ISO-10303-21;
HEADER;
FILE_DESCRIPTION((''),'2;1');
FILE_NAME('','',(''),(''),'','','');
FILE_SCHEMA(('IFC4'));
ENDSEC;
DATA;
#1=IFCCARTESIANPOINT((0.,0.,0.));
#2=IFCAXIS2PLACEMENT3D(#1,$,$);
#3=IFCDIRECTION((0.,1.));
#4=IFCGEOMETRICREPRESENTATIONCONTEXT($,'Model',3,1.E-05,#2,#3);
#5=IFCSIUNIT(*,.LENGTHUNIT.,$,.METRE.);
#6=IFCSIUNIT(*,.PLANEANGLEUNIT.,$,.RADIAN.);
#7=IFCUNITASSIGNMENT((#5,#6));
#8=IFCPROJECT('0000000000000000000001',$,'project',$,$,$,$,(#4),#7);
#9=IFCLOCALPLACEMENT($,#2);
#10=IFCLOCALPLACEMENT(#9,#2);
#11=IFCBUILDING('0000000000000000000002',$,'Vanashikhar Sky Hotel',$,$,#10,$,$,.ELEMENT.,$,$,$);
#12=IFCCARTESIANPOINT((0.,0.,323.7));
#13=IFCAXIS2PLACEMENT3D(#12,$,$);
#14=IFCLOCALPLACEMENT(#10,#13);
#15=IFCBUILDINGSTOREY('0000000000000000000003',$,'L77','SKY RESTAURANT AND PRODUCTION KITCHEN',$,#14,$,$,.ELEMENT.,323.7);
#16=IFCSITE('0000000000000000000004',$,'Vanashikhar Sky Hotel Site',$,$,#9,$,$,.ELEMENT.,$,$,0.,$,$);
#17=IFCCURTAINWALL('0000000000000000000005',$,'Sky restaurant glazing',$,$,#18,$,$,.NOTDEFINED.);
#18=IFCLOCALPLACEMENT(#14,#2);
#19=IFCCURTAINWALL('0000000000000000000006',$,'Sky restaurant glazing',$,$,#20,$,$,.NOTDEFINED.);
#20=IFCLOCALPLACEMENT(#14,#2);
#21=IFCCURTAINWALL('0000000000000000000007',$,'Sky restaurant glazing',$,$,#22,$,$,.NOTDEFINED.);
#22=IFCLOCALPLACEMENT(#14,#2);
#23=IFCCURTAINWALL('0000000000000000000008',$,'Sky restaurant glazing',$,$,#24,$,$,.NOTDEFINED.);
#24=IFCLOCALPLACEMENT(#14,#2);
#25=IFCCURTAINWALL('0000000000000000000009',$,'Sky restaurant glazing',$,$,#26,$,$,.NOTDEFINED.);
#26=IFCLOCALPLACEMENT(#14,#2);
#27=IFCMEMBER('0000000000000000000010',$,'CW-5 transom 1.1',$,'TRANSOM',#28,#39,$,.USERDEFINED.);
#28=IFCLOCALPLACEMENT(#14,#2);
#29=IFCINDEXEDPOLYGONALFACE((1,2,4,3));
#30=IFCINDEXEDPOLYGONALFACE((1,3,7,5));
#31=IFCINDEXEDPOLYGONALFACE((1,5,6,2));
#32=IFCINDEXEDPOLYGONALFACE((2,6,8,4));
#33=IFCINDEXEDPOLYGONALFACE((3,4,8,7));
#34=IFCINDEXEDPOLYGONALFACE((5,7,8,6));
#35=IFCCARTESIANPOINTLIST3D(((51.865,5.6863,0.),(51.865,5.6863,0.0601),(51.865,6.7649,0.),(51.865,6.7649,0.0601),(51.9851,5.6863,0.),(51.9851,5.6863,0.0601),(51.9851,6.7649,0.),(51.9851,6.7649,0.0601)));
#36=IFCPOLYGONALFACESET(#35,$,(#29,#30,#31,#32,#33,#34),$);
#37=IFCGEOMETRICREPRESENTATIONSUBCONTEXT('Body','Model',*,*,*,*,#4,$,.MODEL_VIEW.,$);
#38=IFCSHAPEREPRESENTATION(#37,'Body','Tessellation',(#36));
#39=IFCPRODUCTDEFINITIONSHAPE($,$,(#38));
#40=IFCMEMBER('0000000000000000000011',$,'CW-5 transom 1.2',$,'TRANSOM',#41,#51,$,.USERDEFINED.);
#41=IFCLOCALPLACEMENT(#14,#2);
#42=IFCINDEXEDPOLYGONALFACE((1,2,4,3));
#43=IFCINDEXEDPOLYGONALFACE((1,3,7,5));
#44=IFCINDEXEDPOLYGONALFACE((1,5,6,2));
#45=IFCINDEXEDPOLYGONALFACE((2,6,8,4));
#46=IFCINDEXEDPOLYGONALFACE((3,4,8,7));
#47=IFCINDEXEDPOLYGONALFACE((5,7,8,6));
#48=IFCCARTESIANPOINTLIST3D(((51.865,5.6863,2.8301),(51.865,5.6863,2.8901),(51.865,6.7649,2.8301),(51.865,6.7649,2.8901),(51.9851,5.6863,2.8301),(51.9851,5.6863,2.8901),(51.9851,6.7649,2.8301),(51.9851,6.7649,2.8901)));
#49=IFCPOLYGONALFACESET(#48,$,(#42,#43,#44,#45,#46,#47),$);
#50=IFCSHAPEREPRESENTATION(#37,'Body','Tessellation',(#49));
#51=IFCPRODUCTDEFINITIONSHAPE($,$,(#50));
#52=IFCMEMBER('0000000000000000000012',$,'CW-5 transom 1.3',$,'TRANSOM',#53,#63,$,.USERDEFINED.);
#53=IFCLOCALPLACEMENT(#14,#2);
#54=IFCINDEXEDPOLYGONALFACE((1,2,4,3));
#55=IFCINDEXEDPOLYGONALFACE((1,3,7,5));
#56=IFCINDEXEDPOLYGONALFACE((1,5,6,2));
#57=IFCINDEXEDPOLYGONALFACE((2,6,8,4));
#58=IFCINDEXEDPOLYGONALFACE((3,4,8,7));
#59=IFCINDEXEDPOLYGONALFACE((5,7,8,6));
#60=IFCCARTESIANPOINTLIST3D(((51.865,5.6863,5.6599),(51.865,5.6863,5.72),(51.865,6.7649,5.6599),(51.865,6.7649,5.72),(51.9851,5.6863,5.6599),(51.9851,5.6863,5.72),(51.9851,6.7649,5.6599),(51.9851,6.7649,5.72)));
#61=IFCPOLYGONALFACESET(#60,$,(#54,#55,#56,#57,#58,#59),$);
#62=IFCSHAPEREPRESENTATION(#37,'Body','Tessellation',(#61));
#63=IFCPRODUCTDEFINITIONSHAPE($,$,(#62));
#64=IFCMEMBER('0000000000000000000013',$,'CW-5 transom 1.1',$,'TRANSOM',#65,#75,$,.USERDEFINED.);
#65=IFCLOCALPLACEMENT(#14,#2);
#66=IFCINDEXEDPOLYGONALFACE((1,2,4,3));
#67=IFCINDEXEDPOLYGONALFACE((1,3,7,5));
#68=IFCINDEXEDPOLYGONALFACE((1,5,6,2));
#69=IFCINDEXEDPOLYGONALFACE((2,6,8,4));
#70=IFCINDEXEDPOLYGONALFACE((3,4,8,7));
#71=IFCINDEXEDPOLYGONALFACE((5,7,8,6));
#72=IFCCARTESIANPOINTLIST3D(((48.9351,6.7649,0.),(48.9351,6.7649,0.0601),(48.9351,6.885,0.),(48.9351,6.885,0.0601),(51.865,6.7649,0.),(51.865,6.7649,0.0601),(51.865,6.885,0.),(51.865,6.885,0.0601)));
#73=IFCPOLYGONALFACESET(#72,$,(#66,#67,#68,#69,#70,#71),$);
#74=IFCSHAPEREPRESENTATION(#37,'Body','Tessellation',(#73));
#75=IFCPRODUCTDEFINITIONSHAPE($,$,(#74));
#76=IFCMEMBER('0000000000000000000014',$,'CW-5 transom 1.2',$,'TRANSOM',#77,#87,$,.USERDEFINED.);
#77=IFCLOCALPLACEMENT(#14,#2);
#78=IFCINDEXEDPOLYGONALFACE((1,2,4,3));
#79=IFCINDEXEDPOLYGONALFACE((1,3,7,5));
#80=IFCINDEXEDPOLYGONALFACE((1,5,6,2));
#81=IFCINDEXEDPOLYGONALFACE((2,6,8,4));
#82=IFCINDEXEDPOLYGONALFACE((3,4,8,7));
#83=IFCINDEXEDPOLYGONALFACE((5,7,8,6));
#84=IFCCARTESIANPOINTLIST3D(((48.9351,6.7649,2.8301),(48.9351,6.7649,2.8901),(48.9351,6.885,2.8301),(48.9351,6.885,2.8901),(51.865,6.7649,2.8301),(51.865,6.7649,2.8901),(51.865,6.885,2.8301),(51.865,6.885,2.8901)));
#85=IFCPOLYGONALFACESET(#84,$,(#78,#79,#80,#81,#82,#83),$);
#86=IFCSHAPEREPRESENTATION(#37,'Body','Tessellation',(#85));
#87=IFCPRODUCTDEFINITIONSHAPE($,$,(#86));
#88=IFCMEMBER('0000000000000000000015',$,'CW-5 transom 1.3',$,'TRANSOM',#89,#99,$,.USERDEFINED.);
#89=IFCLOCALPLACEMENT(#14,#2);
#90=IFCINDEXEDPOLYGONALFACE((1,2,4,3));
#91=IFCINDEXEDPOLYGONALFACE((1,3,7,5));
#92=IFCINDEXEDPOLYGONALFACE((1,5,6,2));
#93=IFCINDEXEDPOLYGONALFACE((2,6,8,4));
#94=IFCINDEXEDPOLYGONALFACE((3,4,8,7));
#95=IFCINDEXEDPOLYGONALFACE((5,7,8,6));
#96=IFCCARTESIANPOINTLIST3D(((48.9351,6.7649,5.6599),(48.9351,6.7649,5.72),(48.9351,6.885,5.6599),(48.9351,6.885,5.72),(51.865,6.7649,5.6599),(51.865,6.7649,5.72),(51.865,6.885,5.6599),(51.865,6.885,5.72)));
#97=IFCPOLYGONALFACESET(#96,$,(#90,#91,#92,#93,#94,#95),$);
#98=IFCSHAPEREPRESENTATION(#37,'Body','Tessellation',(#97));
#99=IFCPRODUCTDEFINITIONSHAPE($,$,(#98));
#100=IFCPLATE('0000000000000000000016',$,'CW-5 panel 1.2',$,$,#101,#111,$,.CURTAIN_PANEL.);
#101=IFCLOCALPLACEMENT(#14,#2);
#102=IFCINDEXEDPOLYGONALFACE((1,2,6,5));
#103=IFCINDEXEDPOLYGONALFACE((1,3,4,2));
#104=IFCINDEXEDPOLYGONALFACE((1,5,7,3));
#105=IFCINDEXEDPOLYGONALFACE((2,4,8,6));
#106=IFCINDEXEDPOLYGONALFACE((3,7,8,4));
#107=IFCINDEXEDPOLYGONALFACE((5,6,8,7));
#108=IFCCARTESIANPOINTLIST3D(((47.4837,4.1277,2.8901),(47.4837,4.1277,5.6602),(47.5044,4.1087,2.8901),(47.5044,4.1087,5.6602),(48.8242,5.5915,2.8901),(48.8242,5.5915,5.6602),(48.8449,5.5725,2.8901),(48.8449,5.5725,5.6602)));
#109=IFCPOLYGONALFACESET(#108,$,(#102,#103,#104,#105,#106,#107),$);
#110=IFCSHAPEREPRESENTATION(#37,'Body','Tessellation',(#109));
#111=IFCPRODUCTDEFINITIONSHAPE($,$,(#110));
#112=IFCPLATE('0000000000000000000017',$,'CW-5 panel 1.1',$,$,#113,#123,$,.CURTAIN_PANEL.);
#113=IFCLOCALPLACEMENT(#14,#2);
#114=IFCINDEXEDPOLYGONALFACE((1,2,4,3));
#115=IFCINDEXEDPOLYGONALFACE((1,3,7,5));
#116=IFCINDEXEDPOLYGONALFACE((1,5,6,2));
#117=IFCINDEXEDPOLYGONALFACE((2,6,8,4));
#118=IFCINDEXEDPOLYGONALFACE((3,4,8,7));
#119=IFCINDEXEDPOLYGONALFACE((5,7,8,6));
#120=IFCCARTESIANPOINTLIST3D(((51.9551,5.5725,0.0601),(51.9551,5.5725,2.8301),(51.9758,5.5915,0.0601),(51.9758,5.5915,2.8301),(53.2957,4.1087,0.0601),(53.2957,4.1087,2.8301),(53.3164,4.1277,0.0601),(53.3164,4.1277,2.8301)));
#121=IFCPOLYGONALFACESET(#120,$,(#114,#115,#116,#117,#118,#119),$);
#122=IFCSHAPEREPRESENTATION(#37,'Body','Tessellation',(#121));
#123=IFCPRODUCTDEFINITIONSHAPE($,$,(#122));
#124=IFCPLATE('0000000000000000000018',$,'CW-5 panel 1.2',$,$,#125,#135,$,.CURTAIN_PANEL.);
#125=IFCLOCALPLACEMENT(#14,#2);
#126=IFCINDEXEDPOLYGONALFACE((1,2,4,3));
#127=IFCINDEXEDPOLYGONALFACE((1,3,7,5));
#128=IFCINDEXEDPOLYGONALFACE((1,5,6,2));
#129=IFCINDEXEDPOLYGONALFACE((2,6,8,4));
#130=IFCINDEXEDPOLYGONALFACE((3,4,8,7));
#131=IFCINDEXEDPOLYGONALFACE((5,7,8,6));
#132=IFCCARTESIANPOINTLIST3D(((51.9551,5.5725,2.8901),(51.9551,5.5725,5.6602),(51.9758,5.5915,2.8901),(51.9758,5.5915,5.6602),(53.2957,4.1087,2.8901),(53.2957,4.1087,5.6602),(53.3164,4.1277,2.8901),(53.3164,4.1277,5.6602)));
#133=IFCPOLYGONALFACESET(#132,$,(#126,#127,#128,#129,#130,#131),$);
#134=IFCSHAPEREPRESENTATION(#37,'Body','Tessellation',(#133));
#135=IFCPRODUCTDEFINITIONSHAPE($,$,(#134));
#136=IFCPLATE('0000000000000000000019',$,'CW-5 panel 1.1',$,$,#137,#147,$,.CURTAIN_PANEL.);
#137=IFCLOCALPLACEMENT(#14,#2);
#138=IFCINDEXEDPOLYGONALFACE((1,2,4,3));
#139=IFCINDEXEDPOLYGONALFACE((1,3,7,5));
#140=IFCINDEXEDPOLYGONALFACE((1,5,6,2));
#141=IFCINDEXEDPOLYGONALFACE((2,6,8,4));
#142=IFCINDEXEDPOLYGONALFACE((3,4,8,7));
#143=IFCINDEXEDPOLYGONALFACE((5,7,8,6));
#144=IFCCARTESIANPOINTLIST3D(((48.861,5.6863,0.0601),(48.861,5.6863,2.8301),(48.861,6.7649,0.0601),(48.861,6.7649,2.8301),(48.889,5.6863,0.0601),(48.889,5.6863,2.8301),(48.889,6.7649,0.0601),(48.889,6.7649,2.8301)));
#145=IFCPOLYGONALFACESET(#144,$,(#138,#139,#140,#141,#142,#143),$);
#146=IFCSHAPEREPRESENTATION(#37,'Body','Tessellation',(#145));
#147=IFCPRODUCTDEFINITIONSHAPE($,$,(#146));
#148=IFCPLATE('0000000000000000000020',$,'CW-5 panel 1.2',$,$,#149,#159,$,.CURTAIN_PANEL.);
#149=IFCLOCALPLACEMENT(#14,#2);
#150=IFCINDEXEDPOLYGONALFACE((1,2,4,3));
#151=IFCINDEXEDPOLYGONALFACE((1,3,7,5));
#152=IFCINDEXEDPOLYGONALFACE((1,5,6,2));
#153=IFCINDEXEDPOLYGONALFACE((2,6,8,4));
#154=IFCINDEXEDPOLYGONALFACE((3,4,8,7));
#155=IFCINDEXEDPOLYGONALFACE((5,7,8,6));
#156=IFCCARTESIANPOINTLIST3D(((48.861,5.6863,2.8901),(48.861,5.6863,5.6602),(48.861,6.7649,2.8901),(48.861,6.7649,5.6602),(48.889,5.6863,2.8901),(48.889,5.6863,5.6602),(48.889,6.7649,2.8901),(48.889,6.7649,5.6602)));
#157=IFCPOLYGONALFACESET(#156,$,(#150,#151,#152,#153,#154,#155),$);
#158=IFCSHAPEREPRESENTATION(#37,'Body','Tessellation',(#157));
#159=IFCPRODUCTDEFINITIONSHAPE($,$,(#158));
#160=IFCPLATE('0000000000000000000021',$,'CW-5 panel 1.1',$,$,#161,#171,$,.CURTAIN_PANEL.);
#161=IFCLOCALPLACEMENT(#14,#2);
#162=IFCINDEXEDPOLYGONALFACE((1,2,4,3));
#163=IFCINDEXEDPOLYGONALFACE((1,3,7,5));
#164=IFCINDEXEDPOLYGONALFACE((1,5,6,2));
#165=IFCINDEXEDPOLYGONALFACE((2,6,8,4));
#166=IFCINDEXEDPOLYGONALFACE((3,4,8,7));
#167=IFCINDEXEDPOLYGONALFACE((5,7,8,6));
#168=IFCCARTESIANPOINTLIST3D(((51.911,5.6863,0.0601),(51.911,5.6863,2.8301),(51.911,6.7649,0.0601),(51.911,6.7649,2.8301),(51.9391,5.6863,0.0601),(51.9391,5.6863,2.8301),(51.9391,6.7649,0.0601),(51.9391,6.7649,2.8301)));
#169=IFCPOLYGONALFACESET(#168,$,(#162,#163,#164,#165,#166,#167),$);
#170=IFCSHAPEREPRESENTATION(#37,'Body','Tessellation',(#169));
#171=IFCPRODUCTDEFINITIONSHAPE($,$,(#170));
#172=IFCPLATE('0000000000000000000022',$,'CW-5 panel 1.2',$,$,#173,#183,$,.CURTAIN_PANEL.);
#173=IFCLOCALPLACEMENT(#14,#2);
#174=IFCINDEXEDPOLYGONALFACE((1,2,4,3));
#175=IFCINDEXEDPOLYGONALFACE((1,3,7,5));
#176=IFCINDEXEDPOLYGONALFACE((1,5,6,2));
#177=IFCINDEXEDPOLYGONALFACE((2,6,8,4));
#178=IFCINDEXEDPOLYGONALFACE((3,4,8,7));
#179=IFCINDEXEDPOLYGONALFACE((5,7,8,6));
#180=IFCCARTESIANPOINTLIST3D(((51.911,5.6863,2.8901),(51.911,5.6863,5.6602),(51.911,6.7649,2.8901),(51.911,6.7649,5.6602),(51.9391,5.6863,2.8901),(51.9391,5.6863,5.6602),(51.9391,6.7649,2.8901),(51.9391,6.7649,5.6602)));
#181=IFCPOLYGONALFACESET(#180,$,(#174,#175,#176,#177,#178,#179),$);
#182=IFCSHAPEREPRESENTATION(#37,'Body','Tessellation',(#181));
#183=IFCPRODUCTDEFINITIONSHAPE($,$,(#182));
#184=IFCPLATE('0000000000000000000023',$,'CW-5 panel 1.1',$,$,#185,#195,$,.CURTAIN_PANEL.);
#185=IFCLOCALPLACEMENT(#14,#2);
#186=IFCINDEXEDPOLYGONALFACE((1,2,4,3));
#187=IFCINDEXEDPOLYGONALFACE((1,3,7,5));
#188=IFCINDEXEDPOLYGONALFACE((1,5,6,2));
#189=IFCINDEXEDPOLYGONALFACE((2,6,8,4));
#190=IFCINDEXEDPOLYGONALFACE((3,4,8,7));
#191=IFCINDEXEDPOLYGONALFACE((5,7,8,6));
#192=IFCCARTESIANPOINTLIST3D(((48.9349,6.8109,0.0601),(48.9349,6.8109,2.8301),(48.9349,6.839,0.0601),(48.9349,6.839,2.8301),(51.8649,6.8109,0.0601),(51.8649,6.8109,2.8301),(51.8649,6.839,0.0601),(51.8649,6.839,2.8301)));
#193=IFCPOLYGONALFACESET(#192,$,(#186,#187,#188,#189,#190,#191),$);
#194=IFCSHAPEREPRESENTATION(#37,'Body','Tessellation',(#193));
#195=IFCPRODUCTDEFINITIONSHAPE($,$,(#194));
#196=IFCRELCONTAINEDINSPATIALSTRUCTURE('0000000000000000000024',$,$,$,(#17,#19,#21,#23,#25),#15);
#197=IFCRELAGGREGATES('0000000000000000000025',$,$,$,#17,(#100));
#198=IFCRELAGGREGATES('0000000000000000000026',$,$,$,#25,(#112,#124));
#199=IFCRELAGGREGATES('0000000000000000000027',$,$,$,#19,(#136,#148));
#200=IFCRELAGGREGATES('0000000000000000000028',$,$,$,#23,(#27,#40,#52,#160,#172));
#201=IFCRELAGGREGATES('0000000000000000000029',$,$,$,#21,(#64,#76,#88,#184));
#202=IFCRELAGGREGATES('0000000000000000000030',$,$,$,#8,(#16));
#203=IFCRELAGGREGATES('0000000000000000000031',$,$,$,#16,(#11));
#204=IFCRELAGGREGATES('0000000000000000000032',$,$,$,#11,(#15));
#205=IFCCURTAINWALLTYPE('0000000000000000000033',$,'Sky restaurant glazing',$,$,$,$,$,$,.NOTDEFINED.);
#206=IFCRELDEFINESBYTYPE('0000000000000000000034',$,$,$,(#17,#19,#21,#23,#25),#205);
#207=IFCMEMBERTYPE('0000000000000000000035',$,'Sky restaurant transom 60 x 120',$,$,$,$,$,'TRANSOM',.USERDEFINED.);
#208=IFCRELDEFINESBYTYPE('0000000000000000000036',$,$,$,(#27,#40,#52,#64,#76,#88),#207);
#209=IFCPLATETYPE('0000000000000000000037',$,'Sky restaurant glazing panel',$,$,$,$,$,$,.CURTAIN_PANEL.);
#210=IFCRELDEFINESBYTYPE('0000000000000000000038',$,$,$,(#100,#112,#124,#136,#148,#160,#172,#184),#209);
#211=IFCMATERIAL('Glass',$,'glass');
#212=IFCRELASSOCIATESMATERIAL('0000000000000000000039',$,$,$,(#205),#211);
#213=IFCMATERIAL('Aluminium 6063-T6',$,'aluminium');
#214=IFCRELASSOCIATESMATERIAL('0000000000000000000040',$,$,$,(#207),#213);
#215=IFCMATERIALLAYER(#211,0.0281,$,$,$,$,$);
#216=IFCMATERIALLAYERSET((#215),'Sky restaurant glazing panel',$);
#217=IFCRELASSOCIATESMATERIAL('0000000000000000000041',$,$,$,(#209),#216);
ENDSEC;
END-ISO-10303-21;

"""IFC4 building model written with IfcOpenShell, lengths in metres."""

from ifc_helpers import new_model, si_unit, direction, frame, origin, origin_2d, place, context, subcontext, project, spatial, rectangle, extrude, source, transform, mapped, material, layer, layer_set, material_profile, profile_set, type_object, element, aggregate, save


model = new_model("IFC4")

# Units and contexts
model_context = context("Model", 3, precision=1e-05, world=origin(), true_north=direction((0.0, 1.0)))
body_context = subcontext(model_context, "Body", "Model", "MODEL_VIEW")
ifc_project = project(units=[si_unit("LENGTHUNIT", "METRE"), si_unit("PLANEANGLEUNIT", "RADIAN")], contexts=[model_context])

# Site, building, storey
site_placement = place(None, origin())
site = spatial("IfcSite", under=ifc_project, at=site_placement, Name="Vanashikhar Sky Hotel Site", CompositionType="ELEMENT", RefElevation=0.0)
building_placement = place(site_placement, origin())
building = spatial("IfcBuilding", under=site, at=building_placement, Name="Vanashikhar Sky Hotel", CompositionType="ELEMENT")
storey_placement = place(building_placement, frame((0.0, 0.0, 323.7)))
storey = spatial("IfcBuildingStorey", under=building, at=storey_placement, Name="L77", Description="SKY RESTAURANT AND PRODUCTION KITCHEN", CompositionType="ELEMENT", Elevation=323.7)

# Curtain wall
ifc_material_1 = material(Name="Glass", Category="glass")
curtain_wall_type = type_object("IfcCurtainWallType", Name="Sky restaurant glazing", PredefinedType="NOTDEFINED", material=ifc_material_1)
curtain_wall_1_placement = place(storey_placement, origin())
curtain_wall_1 = element("IfcCurtainWall", 1, at=curtain_wall_1_placement, inside=storey, type_object=curtain_wall_type, Name="Sky restaurant glazing", PredefinedType="NOTDEFINED")
ifc_material_2 = material(Name="Aluminium 6063-T6", Category="aluminium")

# Curtain walls
curtain_wall_2_placement = place(storey_placement, origin())
curtain_wall_2 = element("IfcCurtainWall", 2, at=curtain_wall_2_placement, inside=storey, type_object=curtain_wall_type, Name="Sky restaurant glazing", PredefinedType="NOTDEFINED")
curtain_wall_3_placement = place(storey_placement, origin())
curtain_wall_3 = element("IfcCurtainWall", 3, at=curtain_wall_3_placement, inside=storey, type_object=curtain_wall_type, Name="Sky restaurant glazing", PredefinedType="NOTDEFINED")
curtain_wall_4_placement = place(storey_placement, origin())
curtain_wall_4 = element("IfcCurtainWall", 4, at=curtain_wall_4_placement, inside=storey, type_object=curtain_wall_type, Name="Sky restaurant glazing", PredefinedType="NOTDEFINED")
curtain_wall_5_placement = place(storey_placement, origin())
curtain_wall_5 = element("IfcCurtainWall", 5, at=curtain_wall_5_placement, inside=storey, type_object=curtain_wall_type, Name="Sky restaurant glazing", PredefinedType="NOTDEFINED")
ifc_material_profile_1 = material_profile(ifc_material_2, rectangle(XDim=0.1201, YDim=0.0601, at=origin_2d()))
ifc_profile_set_1 = profile_set([ifc_material_profile_1], Name="Aluminium 6063-T6")
member_type_1 = type_object("IfcMemberType", Name="Sky restaurant transom 60 x 120", ElementType="TRANSOM", PredefinedType="USERDEFINED", material=ifc_profile_set_1)

# Members
shared_shape_1 = source(origin(), body_context, "Body", "SweptSolid", [
    extrude(rectangle(XDim=0.1201, YDim=0.0601, at=origin_2d()), origin(), (0.0, 0.0, 1.0), 1.0786),
])
member_1_placement = place(storey_placement, frame((51.925, 6.7649, 0.03), z_axis=(0.0, -1.0, 0.0), x_axis=(1.0, 0.0, 0.0)))
member_1 = element("IfcMember", 6, at=member_1_placement, type_object=member_type_1, Name="CW-5 transom 1.1", ObjectType="TRANSOM", PredefinedType="USERDEFINED", context=body_context, shape_type="MappedRepresentation", body=[
    mapped(shared_shape_1, transform((0.0, 0.0, 0.0), scale=1.0)),
])
member_2_placement = place(storey_placement, frame((51.925, 6.7649, 2.8601), z_axis=(0.0, -1.0, 0.0), x_axis=(1.0, 0.0, 0.0)))
member_2 = element("IfcMember", 7, at=member_2_placement, type_object=member_type_1, Name="CW-5 transom 1.2", ObjectType="TRANSOM", PredefinedType="USERDEFINED", context=body_context, shape_type="MappedRepresentation", body=[
    mapped(shared_shape_1, transform((0.0, 0.0, 0.0), scale=1.0)),
])
member_3_placement = place(storey_placement, frame((51.925, 6.7649, 5.6899), z_axis=(0.0, -1.0, 0.0), x_axis=(1.0, 0.0, 0.0)))
member_3 = element("IfcMember", 8, at=member_3_placement, type_object=member_type_1, Name="CW-5 transom 1.3", ObjectType="TRANSOM", PredefinedType="USERDEFINED", context=body_context, shape_type="MappedRepresentation", body=[
    mapped(shared_shape_1, transform((0.0, 0.0, 0.0), scale=1.0)),
])
shared_shape_2 = source(origin(), body_context, "Body", "SweptSolid", [
    extrude(rectangle(XDim=0.1201, YDim=0.0601, at=origin_2d()), origin(), (0.0, 0.0, 1.0), 2.9299),
])
member_4_placement = place(storey_placement, frame((48.9351, 6.825, 0.03), z_axis=(1.0, 0.0, 0.0), x_axis=(0.0, 1.0, 0.0)))
member_4 = element("IfcMember", 9, at=member_4_placement, type_object=member_type_1, Name="CW-5 transom 1.1", ObjectType="TRANSOM", PredefinedType="USERDEFINED", context=body_context, shape_type="MappedRepresentation", body=[
    mapped(shared_shape_2, transform((0.0, 0.0, 0.0), scale=1.0)),
])
member_5_placement = place(storey_placement, frame((48.9351, 6.825, 2.8601), z_axis=(1.0, 0.0, 0.0), x_axis=(0.0, 1.0, 0.0)))
member_5 = element("IfcMember", 10, at=member_5_placement, type_object=member_type_1, Name="CW-5 transom 1.2", ObjectType="TRANSOM", PredefinedType="USERDEFINED", context=body_context, shape_type="MappedRepresentation", body=[
    mapped(shared_shape_2, transform((0.0, 0.0, 0.0), scale=1.0)),
])
member_6_placement = place(storey_placement, frame((48.9351, 6.825, 5.6899), z_axis=(1.0, 0.0, 0.0), x_axis=(0.0, 1.0, 0.0)))
member_6 = element("IfcMember", 11, at=member_6_placement, type_object=member_type_1, Name="CW-5 transom 1.3", ObjectType="TRANSOM", PredefinedType="USERDEFINED", context=body_context, shape_type="MappedRepresentation", body=[
    mapped(shared_shape_2, transform((0.0, 0.0, 0.0), scale=1.0)),
])

# Plates
ifc_layer_1 = layer(ifc_material_1, 0.0281)
ifc_layer_set_1 = layer_set([ifc_layer_1], Name="Sky restaurant glazing panel")
plate_type = type_object("IfcPlateType", Name="Sky restaurant glazing panel", PredefinedType="CURTAIN_PANEL", material=ifc_layer_set_1)
shared_shape_3 = source(origin(), body_context, "Body", "SweptSolid", [
    extrude(rectangle(XDim=1.9849, YDim=0.0281, at=origin_2d()), origin(), (0.0, 0.0, 1.0), 2.77),
])
plate_1_placement = place(storey_placement, frame((48.1643, 4.8501, 2.8901), z_axis=(0.0, 0.0, 1.0), x_axis=(0.675378, 0.737472, 0.0)))
plate_1 = element("IfcPlate", 12, at=plate_1_placement, type_object=plate_type, Name="CW-5 panel 1.2", PredefinedType="CURTAIN_PANEL", context=body_context, shape_type="MappedRepresentation", body=[
    mapped(shared_shape_3, transform((0.0, 0.0, 0.0), scale=1.0)),
])
aggregate(curtain_wall_1, [plate_1])
plate_2_placement = place(storey_placement, frame((52.6357, 4.8501, 0.0601), z_axis=(0.0, 0.0, 1.0), x_axis=(0.675378, -0.737472, 0.0)))
plate_2 = element("IfcPlate", 13, at=plate_2_placement, type_object=plate_type, Name="CW-5 panel 1.1", PredefinedType="CURTAIN_PANEL", context=body_context, shape_type="MappedRepresentation", body=[
    mapped(shared_shape_3, transform((0.0, 0.0, 0.0), scale=1.0)),
])
plate_3_placement = place(storey_placement, frame((52.6357, 4.8501, 2.8901), z_axis=(0.0, 0.0, 1.0), x_axis=(0.675378, -0.737472, 0.0)))
plate_3 = element("IfcPlate", 14, at=plate_3_placement, type_object=plate_type, Name="CW-5 panel 1.2", PredefinedType="CURTAIN_PANEL", context=body_context, shape_type="MappedRepresentation", body=[
    mapped(shared_shape_3, transform((0.0, 0.0, 0.0), scale=1.0)),
])
aggregate(curtain_wall_5, [plate_2, plate_3])
shared_shape_4 = source(origin(), body_context, "Body", "SweptSolid", [
    extrude(rectangle(XDim=1.0786, YDim=0.0281, at=origin_2d()), origin(), (0.0, 0.0, 1.0), 2.77),
])
plate_4_placement = place(storey_placement, frame((48.875, 6.2256, 0.0601), z_axis=(0.0, 0.0, 1.0), x_axis=(0.0, 1.0, 0.0)))
plate_4 = element("IfcPlate", 15, at=plate_4_placement, type_object=plate_type, Name="CW-5 panel 1.1", PredefinedType="CURTAIN_PANEL", context=body_context, shape_type="MappedRepresentation", body=[
    mapped(shared_shape_4, transform((0.0, 0.0, 0.0), scale=1.0)),
])
plate_5_placement = place(storey_placement, frame((48.875, 6.2256, 2.8901), z_axis=(0.0, 0.0, 1.0), x_axis=(0.0, 1.0, 0.0)))
plate_5 = element("IfcPlate", 16, at=plate_5_placement, type_object=plate_type, Name="CW-5 panel 1.2", PredefinedType="CURTAIN_PANEL", context=body_context, shape_type="MappedRepresentation", body=[
    mapped(shared_shape_4, transform((0.0, 0.0, 0.0), scale=1.0)),
])
aggregate(curtain_wall_2, [plate_4, plate_5])
plate_6_placement = place(storey_placement, frame((51.925, 6.2256, 0.0601), z_axis=(0.0, 0.0, 1.0), x_axis=(0.0, -1.0, 0.0)))
plate_6 = element("IfcPlate", 17, at=plate_6_placement, type_object=plate_type, Name="CW-5 panel 1.1", PredefinedType="CURTAIN_PANEL", context=body_context, shape_type="MappedRepresentation", body=[
    mapped(shared_shape_4, transform((0.0, 0.0, 0.0), scale=1.0)),
])
plate_7_placement = place(storey_placement, frame((51.925, 6.2256, 2.8901), z_axis=(0.0, 0.0, 1.0), x_axis=(0.0, -1.0, 0.0)))
plate_7 = element("IfcPlate", 18, at=plate_7_placement, type_object=plate_type, Name="CW-5 panel 1.2", PredefinedType="CURTAIN_PANEL", context=body_context, shape_type="MappedRepresentation", body=[
    mapped(shared_shape_4, transform((0.0, 0.0, 0.0), scale=1.0)),
])
aggregate(curtain_wall_4, [member_1, member_2, member_3, plate_6, plate_7])
shared_shape_5 = source(origin(), body_context, "Body", "SweptSolid", [
    extrude(rectangle(XDim=2.9299, YDim=0.0281, at=origin_2d()), origin(), (0.0, 0.0, 1.0), 2.77),
])
plate_8_placement = place(storey_placement, frame((50.3999, 6.825, 0.0601), z_axis=(0.0, 0.0, 1.0), x_axis=(1.0, 0.0, 0.0)))
plate_8 = element("IfcPlate", 19, at=plate_8_placement, type_object=plate_type, Name="CW-5 panel 1.1", PredefinedType="CURTAIN_PANEL", context=body_context, shape_type="MappedRepresentation", body=[
    mapped(shared_shape_5, transform((0.0, 0.0, 0.0), scale=1.0)),
])
aggregate(curtain_wall_3, [member_4, member_5, member_6, plate_8])

save(model, "model.ifc")
